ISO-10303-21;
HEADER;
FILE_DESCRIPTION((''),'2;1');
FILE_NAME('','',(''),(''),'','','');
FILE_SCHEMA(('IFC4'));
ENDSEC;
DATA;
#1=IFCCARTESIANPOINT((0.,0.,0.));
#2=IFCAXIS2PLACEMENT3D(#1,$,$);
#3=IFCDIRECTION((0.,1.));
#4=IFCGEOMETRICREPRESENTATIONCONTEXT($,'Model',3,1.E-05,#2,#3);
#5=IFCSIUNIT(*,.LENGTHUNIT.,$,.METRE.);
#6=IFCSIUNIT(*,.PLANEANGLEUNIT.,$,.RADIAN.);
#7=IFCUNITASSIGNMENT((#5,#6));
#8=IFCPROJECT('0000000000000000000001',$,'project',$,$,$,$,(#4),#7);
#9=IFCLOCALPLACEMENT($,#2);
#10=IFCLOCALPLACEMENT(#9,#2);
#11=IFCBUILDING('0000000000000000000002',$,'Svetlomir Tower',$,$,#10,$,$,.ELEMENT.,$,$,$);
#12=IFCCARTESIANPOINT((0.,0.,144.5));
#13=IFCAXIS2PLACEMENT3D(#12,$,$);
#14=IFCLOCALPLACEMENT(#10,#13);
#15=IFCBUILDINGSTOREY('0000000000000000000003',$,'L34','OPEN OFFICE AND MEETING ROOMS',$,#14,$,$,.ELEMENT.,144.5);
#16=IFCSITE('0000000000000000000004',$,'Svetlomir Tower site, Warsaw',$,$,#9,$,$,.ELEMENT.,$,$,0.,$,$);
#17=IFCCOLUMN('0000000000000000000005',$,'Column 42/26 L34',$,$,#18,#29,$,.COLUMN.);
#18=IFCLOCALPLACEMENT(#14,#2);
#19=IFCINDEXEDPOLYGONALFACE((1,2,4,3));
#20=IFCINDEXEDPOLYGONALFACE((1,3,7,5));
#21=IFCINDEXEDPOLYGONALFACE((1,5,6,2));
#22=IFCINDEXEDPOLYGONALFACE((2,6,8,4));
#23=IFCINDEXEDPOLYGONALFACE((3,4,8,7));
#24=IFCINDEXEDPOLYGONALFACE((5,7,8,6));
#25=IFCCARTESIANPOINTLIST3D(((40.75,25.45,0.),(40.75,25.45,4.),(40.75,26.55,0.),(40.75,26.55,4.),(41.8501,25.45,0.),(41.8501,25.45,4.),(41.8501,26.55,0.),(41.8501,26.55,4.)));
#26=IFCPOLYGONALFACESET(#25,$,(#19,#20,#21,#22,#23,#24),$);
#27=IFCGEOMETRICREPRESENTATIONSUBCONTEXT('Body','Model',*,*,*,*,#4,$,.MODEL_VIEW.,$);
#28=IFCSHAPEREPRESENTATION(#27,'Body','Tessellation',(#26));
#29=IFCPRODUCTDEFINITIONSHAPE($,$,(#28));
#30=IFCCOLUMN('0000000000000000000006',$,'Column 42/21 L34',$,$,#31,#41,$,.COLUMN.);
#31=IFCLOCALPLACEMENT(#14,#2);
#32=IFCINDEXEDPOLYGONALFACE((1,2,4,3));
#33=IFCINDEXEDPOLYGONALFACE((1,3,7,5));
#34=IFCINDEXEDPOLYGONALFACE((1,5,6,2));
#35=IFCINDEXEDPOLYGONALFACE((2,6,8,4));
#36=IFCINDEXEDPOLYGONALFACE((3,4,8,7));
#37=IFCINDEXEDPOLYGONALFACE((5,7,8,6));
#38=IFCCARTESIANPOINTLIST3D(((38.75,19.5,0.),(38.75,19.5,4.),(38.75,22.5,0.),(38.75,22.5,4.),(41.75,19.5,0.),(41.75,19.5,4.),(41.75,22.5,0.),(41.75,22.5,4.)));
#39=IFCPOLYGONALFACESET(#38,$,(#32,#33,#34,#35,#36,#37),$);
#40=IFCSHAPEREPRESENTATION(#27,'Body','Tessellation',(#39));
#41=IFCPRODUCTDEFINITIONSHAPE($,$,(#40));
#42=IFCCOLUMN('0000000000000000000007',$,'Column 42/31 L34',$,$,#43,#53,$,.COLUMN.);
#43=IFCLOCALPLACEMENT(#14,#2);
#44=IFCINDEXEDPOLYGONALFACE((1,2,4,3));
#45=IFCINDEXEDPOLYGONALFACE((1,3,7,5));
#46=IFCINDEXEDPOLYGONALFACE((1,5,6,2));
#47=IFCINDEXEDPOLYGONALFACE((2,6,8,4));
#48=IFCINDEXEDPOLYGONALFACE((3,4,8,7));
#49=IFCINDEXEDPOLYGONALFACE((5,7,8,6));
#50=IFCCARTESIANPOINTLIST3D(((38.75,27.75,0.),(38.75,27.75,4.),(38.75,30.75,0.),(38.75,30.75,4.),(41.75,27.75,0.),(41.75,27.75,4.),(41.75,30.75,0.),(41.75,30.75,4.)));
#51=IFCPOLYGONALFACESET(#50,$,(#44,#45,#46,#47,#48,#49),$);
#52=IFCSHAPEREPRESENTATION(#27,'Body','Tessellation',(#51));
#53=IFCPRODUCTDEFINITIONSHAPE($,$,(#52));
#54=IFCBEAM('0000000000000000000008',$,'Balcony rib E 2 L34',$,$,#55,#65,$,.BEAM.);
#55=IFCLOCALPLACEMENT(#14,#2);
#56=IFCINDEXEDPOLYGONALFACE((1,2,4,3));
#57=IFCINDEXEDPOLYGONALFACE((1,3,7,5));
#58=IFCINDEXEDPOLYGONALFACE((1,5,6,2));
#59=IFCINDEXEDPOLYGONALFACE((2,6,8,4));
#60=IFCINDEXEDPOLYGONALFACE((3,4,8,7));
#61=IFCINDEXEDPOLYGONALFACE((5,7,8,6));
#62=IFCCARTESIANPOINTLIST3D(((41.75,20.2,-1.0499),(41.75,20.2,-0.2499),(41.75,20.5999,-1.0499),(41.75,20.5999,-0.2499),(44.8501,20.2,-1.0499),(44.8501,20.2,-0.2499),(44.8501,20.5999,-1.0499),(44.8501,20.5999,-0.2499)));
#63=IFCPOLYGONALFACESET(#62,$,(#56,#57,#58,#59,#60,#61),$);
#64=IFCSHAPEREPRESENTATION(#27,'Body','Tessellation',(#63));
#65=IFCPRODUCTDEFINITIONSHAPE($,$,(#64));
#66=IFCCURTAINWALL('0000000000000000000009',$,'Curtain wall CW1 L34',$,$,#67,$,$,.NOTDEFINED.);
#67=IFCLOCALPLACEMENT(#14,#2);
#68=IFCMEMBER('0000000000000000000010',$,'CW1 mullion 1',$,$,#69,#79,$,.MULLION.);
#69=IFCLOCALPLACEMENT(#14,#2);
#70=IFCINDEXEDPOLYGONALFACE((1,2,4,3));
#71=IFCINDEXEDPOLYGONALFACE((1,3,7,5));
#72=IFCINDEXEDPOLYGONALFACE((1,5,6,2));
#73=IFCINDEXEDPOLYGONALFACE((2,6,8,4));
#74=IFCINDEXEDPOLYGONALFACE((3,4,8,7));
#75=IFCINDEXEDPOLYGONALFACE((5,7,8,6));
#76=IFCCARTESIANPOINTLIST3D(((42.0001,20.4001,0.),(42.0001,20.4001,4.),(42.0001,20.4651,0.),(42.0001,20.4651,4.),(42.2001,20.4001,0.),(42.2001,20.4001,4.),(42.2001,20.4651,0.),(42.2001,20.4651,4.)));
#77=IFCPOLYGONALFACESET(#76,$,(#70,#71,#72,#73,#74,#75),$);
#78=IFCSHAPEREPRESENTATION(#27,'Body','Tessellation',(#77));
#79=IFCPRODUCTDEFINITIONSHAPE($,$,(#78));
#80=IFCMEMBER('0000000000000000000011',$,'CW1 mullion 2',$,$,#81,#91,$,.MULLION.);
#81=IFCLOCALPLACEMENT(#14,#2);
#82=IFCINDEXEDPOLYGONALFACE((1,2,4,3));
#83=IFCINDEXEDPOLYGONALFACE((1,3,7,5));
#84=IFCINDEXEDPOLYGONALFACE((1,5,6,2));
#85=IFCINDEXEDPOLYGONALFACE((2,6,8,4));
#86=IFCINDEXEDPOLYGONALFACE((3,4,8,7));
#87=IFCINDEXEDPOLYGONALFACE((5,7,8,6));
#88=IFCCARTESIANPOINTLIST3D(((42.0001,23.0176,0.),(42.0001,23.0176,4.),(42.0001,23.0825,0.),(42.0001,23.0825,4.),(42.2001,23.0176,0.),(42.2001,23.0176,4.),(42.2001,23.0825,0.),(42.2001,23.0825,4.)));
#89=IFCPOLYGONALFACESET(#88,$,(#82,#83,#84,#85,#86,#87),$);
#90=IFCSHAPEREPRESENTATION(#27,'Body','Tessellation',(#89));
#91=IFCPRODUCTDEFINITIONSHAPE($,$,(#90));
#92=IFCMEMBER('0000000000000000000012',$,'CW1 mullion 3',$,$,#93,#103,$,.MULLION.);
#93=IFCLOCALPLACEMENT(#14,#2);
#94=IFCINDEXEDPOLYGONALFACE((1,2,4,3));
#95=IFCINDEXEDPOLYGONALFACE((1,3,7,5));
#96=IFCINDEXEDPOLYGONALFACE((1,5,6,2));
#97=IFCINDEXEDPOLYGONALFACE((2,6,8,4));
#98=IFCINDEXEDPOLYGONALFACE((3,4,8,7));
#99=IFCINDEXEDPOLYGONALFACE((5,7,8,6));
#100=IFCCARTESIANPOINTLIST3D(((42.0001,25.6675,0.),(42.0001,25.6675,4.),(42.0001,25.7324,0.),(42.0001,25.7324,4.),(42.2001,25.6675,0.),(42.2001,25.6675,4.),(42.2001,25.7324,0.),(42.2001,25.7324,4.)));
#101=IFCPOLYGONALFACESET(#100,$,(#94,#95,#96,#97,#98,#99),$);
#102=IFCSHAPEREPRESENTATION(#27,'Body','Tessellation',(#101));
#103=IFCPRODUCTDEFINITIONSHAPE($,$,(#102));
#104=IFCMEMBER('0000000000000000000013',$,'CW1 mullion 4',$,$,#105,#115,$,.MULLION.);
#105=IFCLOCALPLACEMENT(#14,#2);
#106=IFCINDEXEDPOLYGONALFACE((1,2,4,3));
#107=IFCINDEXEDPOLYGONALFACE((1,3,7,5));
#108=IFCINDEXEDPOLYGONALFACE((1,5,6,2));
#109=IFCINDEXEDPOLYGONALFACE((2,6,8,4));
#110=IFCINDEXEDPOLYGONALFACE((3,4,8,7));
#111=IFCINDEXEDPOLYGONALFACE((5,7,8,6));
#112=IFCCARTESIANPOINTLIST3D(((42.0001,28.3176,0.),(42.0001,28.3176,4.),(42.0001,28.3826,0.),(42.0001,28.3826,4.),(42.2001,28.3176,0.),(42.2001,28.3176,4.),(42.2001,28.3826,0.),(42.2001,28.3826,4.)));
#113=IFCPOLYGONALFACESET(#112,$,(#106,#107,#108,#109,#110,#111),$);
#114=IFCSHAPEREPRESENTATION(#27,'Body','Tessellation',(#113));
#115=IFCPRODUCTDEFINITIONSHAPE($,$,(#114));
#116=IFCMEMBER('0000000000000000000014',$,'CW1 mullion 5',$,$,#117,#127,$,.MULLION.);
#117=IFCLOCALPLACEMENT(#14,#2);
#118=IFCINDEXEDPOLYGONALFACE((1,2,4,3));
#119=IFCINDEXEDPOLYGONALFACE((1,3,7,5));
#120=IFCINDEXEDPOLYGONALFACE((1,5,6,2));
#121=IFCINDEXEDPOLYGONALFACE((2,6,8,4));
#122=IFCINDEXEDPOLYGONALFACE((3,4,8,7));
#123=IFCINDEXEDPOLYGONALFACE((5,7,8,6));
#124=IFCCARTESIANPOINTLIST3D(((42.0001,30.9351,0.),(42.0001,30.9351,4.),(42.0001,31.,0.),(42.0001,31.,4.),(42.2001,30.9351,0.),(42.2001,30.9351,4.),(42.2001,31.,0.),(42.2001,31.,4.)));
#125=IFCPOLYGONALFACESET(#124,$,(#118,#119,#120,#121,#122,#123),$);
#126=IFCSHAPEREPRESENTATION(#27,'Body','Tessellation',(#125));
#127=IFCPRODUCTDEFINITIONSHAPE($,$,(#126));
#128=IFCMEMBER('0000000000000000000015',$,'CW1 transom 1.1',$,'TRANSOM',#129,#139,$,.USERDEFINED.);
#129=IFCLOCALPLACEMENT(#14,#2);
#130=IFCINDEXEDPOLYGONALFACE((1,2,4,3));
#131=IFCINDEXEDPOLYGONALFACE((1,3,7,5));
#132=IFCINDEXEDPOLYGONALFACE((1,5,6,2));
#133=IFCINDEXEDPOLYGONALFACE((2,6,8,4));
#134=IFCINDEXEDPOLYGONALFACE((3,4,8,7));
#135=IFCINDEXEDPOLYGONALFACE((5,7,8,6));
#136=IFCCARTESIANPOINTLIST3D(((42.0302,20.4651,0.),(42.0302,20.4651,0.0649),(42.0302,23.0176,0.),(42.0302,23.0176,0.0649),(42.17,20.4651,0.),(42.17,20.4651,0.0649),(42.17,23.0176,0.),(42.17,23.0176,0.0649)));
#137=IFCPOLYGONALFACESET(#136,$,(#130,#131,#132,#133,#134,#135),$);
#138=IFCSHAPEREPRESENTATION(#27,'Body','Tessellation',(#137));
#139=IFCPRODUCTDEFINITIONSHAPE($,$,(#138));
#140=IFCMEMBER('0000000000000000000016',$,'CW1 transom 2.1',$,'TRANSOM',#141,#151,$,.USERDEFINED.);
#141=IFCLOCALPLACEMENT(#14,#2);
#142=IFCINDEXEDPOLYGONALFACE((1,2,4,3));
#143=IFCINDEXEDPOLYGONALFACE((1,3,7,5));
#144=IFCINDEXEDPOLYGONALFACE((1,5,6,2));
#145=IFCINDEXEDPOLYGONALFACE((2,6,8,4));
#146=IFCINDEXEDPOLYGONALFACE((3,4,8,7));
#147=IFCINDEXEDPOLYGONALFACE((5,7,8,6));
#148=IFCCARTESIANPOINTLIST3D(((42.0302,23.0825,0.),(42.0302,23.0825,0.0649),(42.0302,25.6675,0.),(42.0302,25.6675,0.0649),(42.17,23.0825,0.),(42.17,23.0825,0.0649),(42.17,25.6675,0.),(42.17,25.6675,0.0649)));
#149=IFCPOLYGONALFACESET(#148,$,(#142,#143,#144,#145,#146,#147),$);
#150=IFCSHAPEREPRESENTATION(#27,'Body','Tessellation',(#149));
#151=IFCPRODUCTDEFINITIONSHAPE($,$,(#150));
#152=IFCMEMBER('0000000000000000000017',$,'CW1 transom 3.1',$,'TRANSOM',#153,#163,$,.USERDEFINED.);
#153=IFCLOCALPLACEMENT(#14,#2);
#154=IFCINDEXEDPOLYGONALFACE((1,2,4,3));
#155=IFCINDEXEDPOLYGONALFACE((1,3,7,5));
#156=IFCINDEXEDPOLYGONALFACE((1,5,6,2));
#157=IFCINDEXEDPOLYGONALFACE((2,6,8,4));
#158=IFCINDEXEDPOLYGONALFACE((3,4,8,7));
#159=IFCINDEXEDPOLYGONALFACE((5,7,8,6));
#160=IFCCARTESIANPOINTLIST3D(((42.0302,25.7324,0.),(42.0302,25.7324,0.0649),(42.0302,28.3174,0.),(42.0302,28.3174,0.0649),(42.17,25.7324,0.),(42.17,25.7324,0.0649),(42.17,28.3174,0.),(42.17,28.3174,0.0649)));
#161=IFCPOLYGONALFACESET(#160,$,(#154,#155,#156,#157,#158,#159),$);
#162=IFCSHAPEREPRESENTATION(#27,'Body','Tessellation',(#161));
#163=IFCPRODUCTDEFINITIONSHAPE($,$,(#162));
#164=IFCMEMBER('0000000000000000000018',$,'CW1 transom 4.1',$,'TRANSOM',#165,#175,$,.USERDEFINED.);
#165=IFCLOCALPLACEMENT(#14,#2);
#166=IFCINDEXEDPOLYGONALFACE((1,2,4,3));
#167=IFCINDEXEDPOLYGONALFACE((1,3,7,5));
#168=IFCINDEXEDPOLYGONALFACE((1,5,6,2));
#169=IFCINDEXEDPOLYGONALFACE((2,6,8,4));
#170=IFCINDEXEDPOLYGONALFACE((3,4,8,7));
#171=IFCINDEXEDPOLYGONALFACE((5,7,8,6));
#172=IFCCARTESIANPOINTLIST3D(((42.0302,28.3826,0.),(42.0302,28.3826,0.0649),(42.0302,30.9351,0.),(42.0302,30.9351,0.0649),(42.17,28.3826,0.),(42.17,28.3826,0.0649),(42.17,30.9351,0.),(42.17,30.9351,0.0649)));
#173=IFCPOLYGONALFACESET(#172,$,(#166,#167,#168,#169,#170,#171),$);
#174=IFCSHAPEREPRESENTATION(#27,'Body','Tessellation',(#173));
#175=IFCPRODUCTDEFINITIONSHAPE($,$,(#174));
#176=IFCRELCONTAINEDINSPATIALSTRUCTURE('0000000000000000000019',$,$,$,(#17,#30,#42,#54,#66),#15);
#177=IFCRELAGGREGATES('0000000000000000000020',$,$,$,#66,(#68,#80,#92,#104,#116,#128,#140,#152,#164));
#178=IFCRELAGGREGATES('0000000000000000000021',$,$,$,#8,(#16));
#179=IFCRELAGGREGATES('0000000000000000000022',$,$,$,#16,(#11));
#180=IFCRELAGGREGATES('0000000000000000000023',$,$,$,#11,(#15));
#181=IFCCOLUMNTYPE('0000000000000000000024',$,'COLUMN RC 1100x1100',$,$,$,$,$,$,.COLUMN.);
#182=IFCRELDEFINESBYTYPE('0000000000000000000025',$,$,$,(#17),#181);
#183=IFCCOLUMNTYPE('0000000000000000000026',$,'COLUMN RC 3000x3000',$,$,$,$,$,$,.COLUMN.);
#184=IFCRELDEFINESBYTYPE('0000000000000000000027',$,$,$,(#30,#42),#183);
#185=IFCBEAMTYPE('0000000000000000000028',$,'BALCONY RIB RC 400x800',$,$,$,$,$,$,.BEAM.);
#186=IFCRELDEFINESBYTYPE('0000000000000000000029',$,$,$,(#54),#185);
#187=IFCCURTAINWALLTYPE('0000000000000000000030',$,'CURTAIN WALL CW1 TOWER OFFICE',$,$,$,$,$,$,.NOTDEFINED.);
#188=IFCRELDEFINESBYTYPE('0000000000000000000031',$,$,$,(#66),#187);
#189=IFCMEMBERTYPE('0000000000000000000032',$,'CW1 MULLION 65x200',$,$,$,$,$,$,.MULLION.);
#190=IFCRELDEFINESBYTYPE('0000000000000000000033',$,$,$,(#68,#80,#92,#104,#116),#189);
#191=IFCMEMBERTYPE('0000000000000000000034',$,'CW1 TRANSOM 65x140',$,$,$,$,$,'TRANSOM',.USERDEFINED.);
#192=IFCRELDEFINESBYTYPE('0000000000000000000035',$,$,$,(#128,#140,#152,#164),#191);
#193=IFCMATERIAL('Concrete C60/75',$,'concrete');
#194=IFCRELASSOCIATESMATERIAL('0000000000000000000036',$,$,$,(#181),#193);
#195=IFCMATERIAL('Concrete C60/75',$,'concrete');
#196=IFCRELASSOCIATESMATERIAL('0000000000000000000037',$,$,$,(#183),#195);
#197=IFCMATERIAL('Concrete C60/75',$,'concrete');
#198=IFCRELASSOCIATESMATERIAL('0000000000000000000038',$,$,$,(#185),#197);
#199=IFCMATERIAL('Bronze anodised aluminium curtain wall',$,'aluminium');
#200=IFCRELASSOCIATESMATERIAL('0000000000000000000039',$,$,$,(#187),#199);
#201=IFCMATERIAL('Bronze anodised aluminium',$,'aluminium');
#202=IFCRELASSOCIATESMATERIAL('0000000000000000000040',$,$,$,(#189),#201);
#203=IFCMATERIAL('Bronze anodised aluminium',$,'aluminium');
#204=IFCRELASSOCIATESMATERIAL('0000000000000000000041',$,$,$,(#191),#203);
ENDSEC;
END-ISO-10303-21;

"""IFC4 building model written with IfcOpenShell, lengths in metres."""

from ifc_helpers import new_model, si_unit, direction, frame, origin, origin_2d, place, context, subcontext, project, spatial, rectangle, extrude, material, material_profile, profile_set, type_object, element, aggregate, save


model = new_model("IFC4")

# Units and contexts
model_context = context("Model", 3, precision=1e-05, world=origin(), true_north=direction((0.0, 1.0)))
body_context = subcontext(model_context, "Body", "Model", "MODEL_VIEW")
ifc_project = project(units=[si_unit("LENGTHUNIT", "METRE"), si_unit("PLANEANGLEUNIT", "RADIAN")], contexts=[model_context])

# Site, building, storey
site_placement = place(None, origin())
site = spatial("IfcSite", under=ifc_project, at=site_placement, Name="Svetlomir Tower site, Warsaw", CompositionType="ELEMENT", RefElevation=0.0)
building_placement = place(site_placement, origin())
building = spatial("IfcBuilding", under=site, at=building_placement, Name="Svetlomir Tower", CompositionType="ELEMENT")
storey_placement = place(building_placement, frame((0.0, 0.0, 144.5)))
storey = spatial("IfcBuildingStorey", under=building, at=storey_placement, Name="L34", Description="OPEN OFFICE AND MEETING ROOMS", CompositionType="ELEMENT", Elevation=144.5)

# Columns
ifc_material_1 = material(Name="Concrete C60/75", Category="concrete")
ifc_material_profile_1 = material_profile(ifc_material_1, rectangle(XDim=1.1001, YDim=1.1001, at=origin_2d()), Name="RC 1100x1100")
ifc_profile_set_1 = profile_set([ifc_material_profile_1], Name="Concrete C60/75")
column_type_1 = type_object("IfcColumnType", Name="COLUMN RC 1100x1100", PredefinedType="COLUMN", material=ifc_profile_set_1)
column_placement = place(storey_placement, frame((41.3, 26.0, 0.0), z_axis=(0.0, 0.0, 1.0), x_axis=(1.0, 0.0, 0.0)))
element("IfcColumn", 1, at=column_placement, inside=storey, type_object=column_type_1, Name="Column 42/26 L34", PredefinedType="COLUMN", context=body_context, shape_type="SweptSolid", body=[
    extrude(rectangle(XDim=1.1001, YDim=1.1001, at=origin_2d()), origin(), (0.0, 0.0, 1.0), 4.0),
])
ifc_material_2 = material(Name="Concrete C60/75", Category="concrete")
ifc_material_profile_2 = material_profile(ifc_material_2, rectangle(XDim=3.0, YDim=3.0, at=origin_2d()), Name="RC 3000x3000")
ifc_profile_set_2 = profile_set([ifc_material_profile_2], Name="Concrete C60/75")
column_type_2 = type_object("IfcColumnType", Name="COLUMN RC 3000x3000", PredefinedType="COLUMN", material=ifc_profile_set_2)
for number, where, z_axis, x_axis, name in (
    (2, (40.25, 21.0, 0.0), (0.0, 0.0, 1.0), (1.0, 0.0, 0.0), "Column 42/21 L34"),
    (3, (40.25, 29.25, 0.0), (0.0, 0.0, 1.0), (1.0, 0.0, 0.0), "Column 42/31 L34"),
):
    element("IfcColumn", number, at=place(storey_placement, frame(where, z_axis=z_axis, x_axis=x_axis)), inside=storey, type_object=column_type_2, Name=name, PredefinedType="COLUMN", context=body_context, shape_type="SweptSolid", body=[
        extrude(rectangle(XDim=3.0, YDim=3.0, at=origin_2d()), origin(), (0.0, 0.0, 1.0), 4.0),
    ])

# Beam
ifc_material_3 = material(Name="Concrete C60/75", Category="concrete")
ifc_material_profile_3 = material_profile(ifc_material_3, rectangle(XDim=0.3999, YDim=0.8, at=origin_2d()), Name="RC 400x800")
ifc_profile_set_3 = profile_set([ifc_material_profile_3], Name="Concrete C60/75")
beam_type_1 = type_object("IfcBeamType", Name="BALCONY RIB RC 400x800", PredefinedType="BEAM", material=ifc_profile_set_3)
beam_1_placement = place(storey_placement, frame((41.75, 20.3999, -0.6499), z_axis=(1.0, 0.0, 0.0), x_axis=(0.0, 1.0, 0.0)))
element("IfcBeam", 4, at=beam_1_placement, inside=storey, type_object=beam_type_1, Name="Balcony rib E 2 L34", PredefinedType="BEAM", context=body_context, shape_type="SweptSolid", body=[
    extrude(rectangle(XDim=0.3999, YDim=0.8, at=origin_2d()), origin(), (0.0, 0.0, 1.0), 3.1001),
])

# Curtain wall, members
ifc_material_4 = material(Name="Bronze anodised aluminium curtain wall", Category="aluminium")
curtain_wall_type = type_object("IfcCurtainWallType", Name="CURTAIN WALL CW1 TOWER OFFICE", PredefinedType="NOTDEFINED", material=ifc_material_4)
curtain_wall_placement = place(storey_placement, origin())
curtain_wall = element("IfcCurtainWall", 5, at=curtain_wall_placement, inside=storey, type_object=curtain_wall_type, Name="Curtain wall CW1 L34", PredefinedType="NOTDEFINED")
ifc_material_5 = material(Name="Bronze anodised aluminium", Category="aluminium")
ifc_material_profile_4 = material_profile(ifc_material_5, rectangle(XDim=0.0649, YDim=0.2, at=origin_2d()), Name="AL 65x200")
ifc_profile_set_4 = profile_set([ifc_material_profile_4], Name="Bronze anodised aluminium 6063-T6")
member_type_1 = type_object("IfcMemberType", Name="CW1 MULLION 65x200", PredefinedType="MULLION", material=ifc_profile_set_4)
member_1_placement = place(storey_placement, frame((42.1001, 20.4326, 0.0), z_axis=(0.0, 0.0, 1.0), x_axis=(0.0, 1.0, 0.0)))
member_1 = element("IfcMember", 6, at=member_1_placement, type_object=member_type_1, Name="CW1 mullion 1", PredefinedType="MULLION", context=body_context, shape_type="SweptSolid", body=[
    extrude(rectangle(XDim=0.0649, YDim=0.2, at=origin_2d()), origin(), (0.0, 0.0, 1.0), 4.0),
])
member_2_placement = place(storey_placement, frame((42.1001, 23.05, 0.0), z_axis=(0.0, 0.0, 1.0), x_axis=(0.0, 1.0, 0.0)))
member_2 = element("IfcMember", 7, at=member_2_placement, type_object=member_type_1, Name="CW1 mullion 2", PredefinedType="MULLION", context=body_context, shape_type="SweptSolid", body=[
    extrude(rectangle(XDim=0.0649, YDim=0.2, at=origin_2d()), origin(), (0.0, 0.0, 1.0), 4.0),
])
member_3_placement = place(storey_placement, frame((42.1001, 25.7, 0.0), z_axis=(0.0, 0.0, 1.0), x_axis=(0.0, 1.0, 0.0)))
member_3 = element("IfcMember", 8, at=member_3_placement, type_object=member_type_1, Name="CW1 mullion 3", PredefinedType="MULLION", context=body_context, shape_type="SweptSolid", body=[
    extrude(rectangle(XDim=0.0649, YDim=0.2, at=origin_2d()), origin(), (0.0, 0.0, 1.0), 4.0),
])
member_4_placement = place(storey_placement, frame((42.1001, 28.3501, 0.0), z_axis=(0.0, 0.0, 1.0), x_axis=(0.0, 1.0, 0.0)))
member_4 = element("IfcMember", 9, at=member_4_placement, type_object=member_type_1, Name="CW1 mullion 4", PredefinedType="MULLION", context=body_context, shape_type="SweptSolid", body=[
    extrude(rectangle(XDim=0.0649, YDim=0.2, at=origin_2d()), origin(), (0.0, 0.0, 1.0), 4.0),
])
member_5_placement = place(storey_placement, frame((42.1001, 30.9675, 0.0), z_axis=(0.0, 0.0, 1.0), x_axis=(0.0, 1.0, 0.0)))
member_5 = element("IfcMember", 10, at=member_5_placement, type_object=member_type_1, Name="CW1 mullion 5", PredefinedType="MULLION", context=body_context, shape_type="SweptSolid", body=[
    extrude(rectangle(XDim=0.0649, YDim=0.2, at=origin_2d()), origin(), (0.0, 0.0, 1.0), 4.0),
])
ifc_material_6 = material(Name="Bronze anodised aluminium", Category="aluminium")
ifc_material_profile_5 = material_profile(ifc_material_6, rectangle(XDim=0.1399, YDim=0.0649, at=origin_2d()), Name="AL 140x65")
ifc_profile_set_5 = profile_set([ifc_material_profile_5], Name="Bronze anodised aluminium 6063-T6")
member_type_2 = type_object("IfcMemberType", Name="CW1 TRANSOM 65x140", ElementType="TRANSOM", PredefinedType="USERDEFINED", material=ifc_profile_set_5)
member_6_placement = place(storey_placement, frame((42.1001, 20.4651, 0.0325), z_axis=(0.0, 1.0, 0.0), x_axis=(-1.0, 0.0, 0.0)))
member_6 = element("IfcMember", 11, at=member_6_placement, type_object=member_type_2, Name="CW1 transom 1.1", ObjectType="TRANSOM", PredefinedType="USERDEFINED", context=body_context, shape_type="SweptSolid", body=[
    extrude(rectangle(XDim=0.1399, YDim=0.0649, at=origin_2d()), origin(), (0.0, 0.0, 1.0), 2.5525),
])
member_7_placement = place(storey_placement, frame((42.1001, 23.0825, 0.0325), z_axis=(0.0, 1.0, 0.0), x_axis=(-1.0, 0.0, 0.0)))
member_7 = element("IfcMember", 12, at=member_7_placement, type_object=member_type_2, Name="CW1 transom 2.1", ObjectType="TRANSOM", PredefinedType="USERDEFINED", context=body_context, shape_type="SweptSolid", body=[
    extrude(rectangle(XDim=0.1399, YDim=0.0649, at=origin_2d()), origin(), (0.0, 0.0, 1.0), 2.585),
])
member_8_placement = place(storey_placement, frame((42.1001, 25.7324, 0.0325), z_axis=(0.0, 1.0, 0.0), x_axis=(-1.0, 0.0, 0.0)))
member_8 = element("IfcMember", 13, at=member_8_placement, type_object=member_type_2, Name="CW1 transom 3.1", ObjectType="TRANSOM", PredefinedType="USERDEFINED", context=body_context, shape_type="SweptSolid", body=[
    extrude(rectangle(XDim=0.1399, YDim=0.0649, at=origin_2d()), origin(), (0.0, 0.0, 1.0), 2.585),
])
member_9_placement = place(storey_placement, frame((42.1001, 28.3826, 0.0325), z_axis=(0.0, 1.0, 0.0), x_axis=(-1.0, 0.0, 0.0)))
member_9 = element("IfcMember", 14, at=member_9_placement, type_object=member_type_2, Name="CW1 transom 4.1", ObjectType="TRANSOM", PredefinedType="USERDEFINED", context=body_context, shape_type="SweptSolid", body=[
    extrude(rectangle(XDim=0.1399, YDim=0.0649, at=origin_2d()), origin(), (0.0, 0.0, 1.0), 2.5525),
])

aggregate(curtain_wall, [member_1, member_2, member_3, member_4, member_5, member_6, member_7, member_8, member_9])

save(model, "model.ifc")
